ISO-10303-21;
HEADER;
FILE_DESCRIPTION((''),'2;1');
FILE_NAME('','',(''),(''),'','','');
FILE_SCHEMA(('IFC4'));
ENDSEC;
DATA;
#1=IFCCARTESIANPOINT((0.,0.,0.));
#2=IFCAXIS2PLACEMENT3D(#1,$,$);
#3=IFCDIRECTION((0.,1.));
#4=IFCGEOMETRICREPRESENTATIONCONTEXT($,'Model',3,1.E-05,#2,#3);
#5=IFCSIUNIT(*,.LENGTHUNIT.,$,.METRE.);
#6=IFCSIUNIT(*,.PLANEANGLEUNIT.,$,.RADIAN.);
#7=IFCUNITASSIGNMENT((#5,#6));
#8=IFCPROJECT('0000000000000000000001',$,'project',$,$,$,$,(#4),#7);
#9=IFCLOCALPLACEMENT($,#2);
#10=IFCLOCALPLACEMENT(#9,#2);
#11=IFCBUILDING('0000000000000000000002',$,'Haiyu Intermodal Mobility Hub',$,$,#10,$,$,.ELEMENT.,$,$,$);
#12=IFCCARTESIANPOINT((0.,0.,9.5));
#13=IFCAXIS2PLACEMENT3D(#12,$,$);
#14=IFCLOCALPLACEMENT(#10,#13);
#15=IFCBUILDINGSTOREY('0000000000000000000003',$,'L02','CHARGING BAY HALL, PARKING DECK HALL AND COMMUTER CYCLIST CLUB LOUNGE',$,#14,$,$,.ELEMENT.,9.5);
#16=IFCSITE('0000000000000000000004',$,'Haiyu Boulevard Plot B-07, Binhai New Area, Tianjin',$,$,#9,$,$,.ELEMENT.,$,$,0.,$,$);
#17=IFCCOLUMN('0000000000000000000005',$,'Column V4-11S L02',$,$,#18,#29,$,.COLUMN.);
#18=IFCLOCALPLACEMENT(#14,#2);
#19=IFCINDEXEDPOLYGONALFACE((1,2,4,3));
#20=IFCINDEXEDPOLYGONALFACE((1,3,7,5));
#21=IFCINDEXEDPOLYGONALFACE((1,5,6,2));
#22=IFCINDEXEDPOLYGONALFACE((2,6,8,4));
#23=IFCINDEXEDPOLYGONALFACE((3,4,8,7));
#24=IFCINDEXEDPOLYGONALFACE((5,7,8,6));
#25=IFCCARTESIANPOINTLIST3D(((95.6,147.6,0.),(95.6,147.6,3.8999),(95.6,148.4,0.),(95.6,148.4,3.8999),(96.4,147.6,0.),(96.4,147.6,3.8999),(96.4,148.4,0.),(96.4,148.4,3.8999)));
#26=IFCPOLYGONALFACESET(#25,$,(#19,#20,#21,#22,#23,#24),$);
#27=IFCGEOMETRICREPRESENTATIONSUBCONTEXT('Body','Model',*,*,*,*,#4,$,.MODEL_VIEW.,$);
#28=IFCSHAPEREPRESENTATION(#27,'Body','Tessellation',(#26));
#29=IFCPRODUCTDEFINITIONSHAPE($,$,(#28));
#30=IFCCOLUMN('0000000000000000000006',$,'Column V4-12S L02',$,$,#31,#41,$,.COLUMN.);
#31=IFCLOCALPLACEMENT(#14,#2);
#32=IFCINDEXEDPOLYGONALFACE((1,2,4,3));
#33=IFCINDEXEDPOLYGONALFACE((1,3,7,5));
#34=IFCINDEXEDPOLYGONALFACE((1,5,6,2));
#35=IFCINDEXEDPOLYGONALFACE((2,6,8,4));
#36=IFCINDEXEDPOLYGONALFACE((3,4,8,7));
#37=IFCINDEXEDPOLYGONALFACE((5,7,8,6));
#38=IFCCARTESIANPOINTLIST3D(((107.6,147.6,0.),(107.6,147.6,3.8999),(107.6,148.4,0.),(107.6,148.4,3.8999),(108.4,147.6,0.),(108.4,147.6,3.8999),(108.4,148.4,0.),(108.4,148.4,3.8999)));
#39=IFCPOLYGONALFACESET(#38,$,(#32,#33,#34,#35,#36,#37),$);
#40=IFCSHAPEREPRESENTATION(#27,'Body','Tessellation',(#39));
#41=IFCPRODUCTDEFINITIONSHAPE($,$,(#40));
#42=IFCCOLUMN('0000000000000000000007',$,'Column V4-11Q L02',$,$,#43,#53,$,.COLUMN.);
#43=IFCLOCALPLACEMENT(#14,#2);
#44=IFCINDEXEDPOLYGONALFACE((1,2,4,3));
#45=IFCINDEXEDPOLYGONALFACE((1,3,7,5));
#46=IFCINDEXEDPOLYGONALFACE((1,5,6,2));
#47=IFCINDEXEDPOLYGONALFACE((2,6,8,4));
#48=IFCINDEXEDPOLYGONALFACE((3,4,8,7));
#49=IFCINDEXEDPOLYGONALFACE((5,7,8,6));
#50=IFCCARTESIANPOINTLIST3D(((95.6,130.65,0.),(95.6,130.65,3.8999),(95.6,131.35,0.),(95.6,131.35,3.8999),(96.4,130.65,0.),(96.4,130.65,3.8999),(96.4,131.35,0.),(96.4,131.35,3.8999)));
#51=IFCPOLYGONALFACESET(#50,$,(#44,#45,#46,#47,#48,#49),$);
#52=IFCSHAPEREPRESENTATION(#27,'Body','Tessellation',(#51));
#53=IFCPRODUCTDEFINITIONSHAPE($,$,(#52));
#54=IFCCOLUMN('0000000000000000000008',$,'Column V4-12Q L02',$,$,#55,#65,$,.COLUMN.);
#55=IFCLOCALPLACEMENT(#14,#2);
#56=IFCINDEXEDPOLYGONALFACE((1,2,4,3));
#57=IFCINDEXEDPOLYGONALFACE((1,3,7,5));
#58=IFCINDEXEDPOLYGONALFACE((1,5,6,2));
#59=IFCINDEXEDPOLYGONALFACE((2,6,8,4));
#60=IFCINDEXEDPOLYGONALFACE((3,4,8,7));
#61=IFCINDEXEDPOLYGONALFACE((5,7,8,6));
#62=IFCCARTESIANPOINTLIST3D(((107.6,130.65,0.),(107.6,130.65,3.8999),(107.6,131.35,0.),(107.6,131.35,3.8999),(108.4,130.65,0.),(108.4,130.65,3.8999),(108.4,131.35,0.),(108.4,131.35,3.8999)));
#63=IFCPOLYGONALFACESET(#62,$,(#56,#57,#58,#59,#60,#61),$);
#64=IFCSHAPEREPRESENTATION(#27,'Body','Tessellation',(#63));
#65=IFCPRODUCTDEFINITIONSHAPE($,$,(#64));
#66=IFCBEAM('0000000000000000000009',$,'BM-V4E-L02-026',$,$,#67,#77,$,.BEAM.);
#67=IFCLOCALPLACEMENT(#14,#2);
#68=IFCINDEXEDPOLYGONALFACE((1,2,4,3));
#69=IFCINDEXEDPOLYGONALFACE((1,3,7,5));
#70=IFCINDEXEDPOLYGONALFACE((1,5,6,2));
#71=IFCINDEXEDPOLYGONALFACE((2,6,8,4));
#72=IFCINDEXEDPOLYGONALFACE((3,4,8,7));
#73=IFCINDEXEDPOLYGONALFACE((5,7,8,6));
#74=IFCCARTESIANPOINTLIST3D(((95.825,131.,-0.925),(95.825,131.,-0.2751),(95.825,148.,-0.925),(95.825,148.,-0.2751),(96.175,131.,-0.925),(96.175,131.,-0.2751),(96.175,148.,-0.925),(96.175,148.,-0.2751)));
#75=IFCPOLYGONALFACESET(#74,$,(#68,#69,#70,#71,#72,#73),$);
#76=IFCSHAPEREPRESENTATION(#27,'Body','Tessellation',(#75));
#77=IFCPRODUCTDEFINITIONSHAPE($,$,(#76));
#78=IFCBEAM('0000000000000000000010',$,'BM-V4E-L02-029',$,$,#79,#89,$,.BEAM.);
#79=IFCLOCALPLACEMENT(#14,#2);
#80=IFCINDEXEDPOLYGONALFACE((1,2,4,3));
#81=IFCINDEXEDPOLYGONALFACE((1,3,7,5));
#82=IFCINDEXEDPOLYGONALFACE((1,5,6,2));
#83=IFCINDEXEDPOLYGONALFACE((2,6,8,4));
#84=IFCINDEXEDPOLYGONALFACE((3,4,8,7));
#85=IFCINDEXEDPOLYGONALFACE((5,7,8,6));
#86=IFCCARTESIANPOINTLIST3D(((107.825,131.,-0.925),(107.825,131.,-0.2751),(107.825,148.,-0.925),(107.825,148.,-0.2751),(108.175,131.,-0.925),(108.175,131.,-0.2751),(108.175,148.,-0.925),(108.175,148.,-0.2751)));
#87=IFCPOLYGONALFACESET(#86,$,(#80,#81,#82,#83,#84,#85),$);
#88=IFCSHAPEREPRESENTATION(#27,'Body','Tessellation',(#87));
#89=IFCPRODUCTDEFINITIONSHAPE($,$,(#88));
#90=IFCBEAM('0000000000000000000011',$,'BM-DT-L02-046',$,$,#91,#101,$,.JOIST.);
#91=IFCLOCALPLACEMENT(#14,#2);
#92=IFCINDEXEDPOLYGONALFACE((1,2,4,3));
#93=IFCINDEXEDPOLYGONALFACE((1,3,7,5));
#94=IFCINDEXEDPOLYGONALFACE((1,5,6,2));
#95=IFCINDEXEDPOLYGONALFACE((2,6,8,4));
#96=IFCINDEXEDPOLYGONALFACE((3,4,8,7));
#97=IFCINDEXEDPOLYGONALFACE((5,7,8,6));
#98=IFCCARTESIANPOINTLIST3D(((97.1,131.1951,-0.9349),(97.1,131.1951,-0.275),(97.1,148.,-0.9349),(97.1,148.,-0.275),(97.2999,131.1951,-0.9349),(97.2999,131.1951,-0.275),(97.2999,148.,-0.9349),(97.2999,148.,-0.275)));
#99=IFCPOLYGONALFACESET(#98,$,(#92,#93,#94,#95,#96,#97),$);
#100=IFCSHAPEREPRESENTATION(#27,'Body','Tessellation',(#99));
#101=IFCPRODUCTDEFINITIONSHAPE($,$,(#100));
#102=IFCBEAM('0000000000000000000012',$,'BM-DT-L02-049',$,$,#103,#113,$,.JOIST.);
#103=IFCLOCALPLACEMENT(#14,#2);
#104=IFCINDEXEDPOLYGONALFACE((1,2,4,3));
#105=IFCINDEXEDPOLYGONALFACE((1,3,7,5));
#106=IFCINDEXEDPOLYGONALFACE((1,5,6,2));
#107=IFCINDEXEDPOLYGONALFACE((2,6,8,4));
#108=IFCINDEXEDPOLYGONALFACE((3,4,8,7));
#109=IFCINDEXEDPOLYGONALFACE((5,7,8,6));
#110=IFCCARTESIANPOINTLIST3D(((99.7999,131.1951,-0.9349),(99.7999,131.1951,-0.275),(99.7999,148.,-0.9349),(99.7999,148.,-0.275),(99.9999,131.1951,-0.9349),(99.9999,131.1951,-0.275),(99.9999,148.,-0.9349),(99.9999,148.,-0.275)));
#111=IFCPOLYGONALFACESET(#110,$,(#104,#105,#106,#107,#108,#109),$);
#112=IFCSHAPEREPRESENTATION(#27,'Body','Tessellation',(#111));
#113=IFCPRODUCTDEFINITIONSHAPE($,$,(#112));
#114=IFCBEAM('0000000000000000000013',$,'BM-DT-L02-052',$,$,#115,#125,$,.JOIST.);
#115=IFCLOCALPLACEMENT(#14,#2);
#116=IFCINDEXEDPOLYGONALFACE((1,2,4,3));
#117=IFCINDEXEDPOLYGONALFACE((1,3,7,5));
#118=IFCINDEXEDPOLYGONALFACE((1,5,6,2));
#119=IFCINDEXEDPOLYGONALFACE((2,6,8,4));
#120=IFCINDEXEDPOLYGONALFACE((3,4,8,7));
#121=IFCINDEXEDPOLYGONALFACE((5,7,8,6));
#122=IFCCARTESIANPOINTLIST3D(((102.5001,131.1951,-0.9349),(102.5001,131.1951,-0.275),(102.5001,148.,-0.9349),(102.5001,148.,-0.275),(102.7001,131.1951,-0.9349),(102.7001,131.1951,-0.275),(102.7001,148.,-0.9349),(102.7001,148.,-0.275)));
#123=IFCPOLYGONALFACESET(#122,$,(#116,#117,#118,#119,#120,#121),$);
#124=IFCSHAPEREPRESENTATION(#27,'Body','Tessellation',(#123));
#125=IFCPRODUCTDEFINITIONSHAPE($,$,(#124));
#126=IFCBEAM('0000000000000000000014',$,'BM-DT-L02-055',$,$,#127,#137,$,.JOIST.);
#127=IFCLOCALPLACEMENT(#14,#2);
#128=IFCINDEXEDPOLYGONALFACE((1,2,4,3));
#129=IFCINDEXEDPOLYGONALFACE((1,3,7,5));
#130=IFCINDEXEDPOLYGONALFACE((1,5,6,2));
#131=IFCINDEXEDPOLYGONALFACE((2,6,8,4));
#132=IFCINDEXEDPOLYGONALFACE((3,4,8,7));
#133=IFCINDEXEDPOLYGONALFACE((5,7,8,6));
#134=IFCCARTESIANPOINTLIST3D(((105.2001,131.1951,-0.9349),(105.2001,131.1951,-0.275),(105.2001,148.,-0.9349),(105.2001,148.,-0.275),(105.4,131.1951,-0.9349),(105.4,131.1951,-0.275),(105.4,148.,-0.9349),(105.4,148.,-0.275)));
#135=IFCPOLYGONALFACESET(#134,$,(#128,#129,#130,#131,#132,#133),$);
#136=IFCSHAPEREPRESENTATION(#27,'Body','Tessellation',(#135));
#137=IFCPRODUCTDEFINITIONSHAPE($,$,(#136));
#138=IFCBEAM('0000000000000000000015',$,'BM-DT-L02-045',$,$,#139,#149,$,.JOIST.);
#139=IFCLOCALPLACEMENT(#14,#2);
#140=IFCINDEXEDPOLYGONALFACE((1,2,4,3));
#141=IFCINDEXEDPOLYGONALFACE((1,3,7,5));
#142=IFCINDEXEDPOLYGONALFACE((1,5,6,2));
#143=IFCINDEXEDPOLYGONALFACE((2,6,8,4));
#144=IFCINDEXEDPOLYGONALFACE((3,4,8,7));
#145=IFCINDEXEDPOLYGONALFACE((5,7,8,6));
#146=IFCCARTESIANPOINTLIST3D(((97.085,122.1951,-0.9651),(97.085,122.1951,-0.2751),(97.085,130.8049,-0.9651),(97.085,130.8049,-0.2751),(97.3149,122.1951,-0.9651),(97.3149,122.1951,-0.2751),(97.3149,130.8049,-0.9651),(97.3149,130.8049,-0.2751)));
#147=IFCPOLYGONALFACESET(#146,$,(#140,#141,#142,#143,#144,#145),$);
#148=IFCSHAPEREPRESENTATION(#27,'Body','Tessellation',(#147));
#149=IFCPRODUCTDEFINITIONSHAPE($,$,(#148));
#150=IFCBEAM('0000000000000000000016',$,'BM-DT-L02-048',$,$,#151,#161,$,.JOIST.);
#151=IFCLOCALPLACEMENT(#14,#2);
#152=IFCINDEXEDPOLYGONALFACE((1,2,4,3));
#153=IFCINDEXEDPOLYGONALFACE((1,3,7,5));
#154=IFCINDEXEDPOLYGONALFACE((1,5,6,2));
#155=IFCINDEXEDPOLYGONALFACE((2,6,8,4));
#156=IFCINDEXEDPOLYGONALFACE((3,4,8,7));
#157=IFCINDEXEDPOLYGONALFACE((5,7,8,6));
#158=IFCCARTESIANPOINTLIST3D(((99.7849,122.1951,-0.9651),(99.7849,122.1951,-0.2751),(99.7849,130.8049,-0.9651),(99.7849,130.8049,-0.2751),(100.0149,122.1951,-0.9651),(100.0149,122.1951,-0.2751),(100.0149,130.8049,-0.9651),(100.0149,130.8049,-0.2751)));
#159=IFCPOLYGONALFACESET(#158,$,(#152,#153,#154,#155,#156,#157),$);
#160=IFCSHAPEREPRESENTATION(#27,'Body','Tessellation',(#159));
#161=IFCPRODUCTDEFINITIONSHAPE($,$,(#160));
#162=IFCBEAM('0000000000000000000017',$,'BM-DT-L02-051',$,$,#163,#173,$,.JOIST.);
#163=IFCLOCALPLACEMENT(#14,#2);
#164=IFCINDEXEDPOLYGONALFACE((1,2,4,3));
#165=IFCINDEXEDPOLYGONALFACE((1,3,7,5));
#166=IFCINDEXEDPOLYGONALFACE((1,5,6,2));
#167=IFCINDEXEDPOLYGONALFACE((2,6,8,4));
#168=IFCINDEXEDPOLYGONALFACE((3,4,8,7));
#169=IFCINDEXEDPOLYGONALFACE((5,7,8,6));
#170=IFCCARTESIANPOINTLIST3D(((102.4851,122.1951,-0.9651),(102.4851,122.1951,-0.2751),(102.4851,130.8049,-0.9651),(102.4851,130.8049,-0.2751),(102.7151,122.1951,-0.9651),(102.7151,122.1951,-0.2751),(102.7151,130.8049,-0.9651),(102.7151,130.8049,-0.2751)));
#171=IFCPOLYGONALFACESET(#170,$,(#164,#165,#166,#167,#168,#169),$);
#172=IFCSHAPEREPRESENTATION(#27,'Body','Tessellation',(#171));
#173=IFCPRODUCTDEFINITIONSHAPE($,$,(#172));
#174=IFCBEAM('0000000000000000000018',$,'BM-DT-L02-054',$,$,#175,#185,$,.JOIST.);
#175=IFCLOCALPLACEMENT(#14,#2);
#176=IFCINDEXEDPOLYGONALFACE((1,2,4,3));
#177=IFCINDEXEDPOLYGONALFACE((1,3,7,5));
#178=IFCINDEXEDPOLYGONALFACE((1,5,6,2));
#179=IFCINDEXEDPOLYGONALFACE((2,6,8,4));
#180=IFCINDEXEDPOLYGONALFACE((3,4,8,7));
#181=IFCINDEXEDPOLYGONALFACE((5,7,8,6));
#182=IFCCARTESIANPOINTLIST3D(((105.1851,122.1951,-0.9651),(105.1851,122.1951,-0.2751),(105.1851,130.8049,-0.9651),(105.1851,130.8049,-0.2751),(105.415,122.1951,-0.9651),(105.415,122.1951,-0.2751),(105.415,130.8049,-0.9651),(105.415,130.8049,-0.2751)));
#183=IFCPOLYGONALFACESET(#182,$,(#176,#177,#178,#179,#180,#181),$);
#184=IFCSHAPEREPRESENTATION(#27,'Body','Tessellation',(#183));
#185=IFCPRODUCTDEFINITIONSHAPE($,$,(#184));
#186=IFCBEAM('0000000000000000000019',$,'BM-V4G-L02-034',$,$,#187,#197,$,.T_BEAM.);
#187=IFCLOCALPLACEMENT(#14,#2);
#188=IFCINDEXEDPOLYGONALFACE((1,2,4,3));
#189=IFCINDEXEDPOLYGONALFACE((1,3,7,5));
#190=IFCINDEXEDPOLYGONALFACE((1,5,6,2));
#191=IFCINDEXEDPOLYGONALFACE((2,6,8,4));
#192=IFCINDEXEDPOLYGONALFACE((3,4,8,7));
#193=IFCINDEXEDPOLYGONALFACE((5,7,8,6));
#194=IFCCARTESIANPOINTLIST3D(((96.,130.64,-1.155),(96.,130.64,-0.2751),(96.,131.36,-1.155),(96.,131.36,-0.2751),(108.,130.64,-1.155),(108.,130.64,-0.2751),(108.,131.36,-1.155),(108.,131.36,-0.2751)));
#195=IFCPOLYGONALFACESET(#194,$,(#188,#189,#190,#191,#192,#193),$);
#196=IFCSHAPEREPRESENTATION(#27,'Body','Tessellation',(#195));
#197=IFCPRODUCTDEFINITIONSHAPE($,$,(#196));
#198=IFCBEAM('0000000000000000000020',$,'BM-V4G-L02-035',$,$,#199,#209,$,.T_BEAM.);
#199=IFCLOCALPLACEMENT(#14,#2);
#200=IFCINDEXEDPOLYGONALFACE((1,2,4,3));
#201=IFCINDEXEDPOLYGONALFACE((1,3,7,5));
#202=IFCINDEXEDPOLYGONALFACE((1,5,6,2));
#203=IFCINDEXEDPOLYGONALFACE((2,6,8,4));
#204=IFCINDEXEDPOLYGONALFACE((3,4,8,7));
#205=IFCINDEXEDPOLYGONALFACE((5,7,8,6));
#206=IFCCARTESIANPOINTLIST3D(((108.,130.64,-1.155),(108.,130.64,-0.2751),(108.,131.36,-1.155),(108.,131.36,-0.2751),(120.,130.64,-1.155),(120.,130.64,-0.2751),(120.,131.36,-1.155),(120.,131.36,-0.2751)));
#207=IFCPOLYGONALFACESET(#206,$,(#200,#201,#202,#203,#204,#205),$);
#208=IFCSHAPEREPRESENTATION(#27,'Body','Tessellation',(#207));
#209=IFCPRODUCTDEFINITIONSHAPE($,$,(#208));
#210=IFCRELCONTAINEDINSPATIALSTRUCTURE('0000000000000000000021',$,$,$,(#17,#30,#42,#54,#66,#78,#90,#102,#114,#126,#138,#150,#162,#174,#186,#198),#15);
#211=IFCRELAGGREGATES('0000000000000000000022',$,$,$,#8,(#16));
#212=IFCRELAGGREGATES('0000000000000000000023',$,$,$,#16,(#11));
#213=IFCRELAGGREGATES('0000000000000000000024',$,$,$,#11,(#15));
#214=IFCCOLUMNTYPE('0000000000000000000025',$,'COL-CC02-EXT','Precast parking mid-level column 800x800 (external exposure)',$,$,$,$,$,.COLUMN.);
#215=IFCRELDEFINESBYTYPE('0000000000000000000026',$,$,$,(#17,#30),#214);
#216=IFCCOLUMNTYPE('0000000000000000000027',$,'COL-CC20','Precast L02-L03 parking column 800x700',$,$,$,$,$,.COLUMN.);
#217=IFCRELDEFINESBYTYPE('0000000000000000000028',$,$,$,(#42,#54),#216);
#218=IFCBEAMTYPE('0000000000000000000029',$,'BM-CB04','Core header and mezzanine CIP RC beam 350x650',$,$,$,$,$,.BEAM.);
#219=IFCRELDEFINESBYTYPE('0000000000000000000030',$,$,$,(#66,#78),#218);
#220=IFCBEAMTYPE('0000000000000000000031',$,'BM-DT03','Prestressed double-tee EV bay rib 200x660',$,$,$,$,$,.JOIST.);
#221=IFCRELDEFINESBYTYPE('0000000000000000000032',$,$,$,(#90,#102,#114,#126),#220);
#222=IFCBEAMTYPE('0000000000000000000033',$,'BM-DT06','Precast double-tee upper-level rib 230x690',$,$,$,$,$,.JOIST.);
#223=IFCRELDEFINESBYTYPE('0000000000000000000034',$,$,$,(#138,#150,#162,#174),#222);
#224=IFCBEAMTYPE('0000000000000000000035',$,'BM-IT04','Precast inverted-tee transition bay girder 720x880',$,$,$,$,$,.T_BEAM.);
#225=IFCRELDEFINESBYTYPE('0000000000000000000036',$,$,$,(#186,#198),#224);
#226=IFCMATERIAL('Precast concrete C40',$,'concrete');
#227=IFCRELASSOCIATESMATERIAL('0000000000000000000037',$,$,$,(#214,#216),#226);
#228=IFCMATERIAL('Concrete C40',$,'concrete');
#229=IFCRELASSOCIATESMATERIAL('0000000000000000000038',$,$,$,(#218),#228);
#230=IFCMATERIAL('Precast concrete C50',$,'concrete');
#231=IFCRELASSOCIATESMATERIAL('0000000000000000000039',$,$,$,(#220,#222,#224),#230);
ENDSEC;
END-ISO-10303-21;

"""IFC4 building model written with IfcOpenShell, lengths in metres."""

from ifc_helpers import new_model, si_unit, direction, frame, origin, origin_2d, place, context, subcontext, project, spatial, rectangle, extrude, material, material_profile, profile_set, type_object, element, save


model = new_model("IFC4")

# Units and contexts
model_context = context("Model", 3, precision=1e-05, world=origin(), true_north=direction((0.0, 1.0)))
body_context = subcontext(model_context, "Body", "Model", "MODEL_VIEW")
ifc_project = project(units=[si_unit("LENGTHUNIT", "METRE"), si_unit("PLANEANGLEUNIT", "RADIAN")], contexts=[model_context])

# Site, building, storey
site_placement = place(None, origin())
site = spatial("IfcSite", under=ifc_project, at=site_placement, Name="Haiyu Boulevard Plot B-07, Binhai New Area, Tianjin", CompositionType="ELEMENT", RefElevation=0.0)
building_placement = place(site_placement, origin())
building = spatial("IfcBuilding", under=site, at=building_placement, Name="Haiyu Intermodal Mobility Hub", CompositionType="ELEMENT")
storey_placement = place(building_placement, frame((0.0, 0.0, 9.5)))
storey = spatial("IfcBuildingStorey", under=building, at=storey_placement, Name="L02", Description="CHARGING BAY HALL, PARKING DECK HALL AND COMMUTER CYCLIST CLUB LOUNGE", CompositionType="ELEMENT", Elevation=9.5)

# Columns
ifc_material_1 = material(Name="Precast concrete C40", Category="concrete")
ifc_material_profile_1 = material_profile(ifc_material_1, rectangle(XDim=0.8, YDim=0.8, at=origin_2d()), Name="RC800x800")
ifc_profile_set_1 = profile_set([ifc_material_profile_1], Name="Precast concrete C40")
column_type_1 = type_object("IfcColumnType", Name="COL-CC02-EXT", Description="Precast parking mid-level column 800x800 (external exposure)", PredefinedType="COLUMN", material=ifc_profile_set_1)
for number, where, z_axis, x_axis, name in (
    (1, (96.0, 148.0, 0.0), (0.0, 0.0, 1.0), (1.0, 0.0, 0.0), "Column V4-11S L02"),
    (2, (108.0, 148.0, 0.0), (0.0, 0.0, 1.0), (1.0, 0.0, 0.0), "Column V4-12S L02"),
):
    element("IfcColumn", number, at=place(storey_placement, frame(where, z_axis=z_axis, x_axis=x_axis)), inside=storey, type_object=column_type_1, Name=name, PredefinedType="COLUMN", context=body_context, shape_type="SweptSolid", body=[
        extrude(rectangle(XDim=0.8, YDim=0.8, at=origin_2d()), origin(), (0.0, 0.0, 1.0), 3.8999),
    ])
ifc_material_profile_2 = material_profile(ifc_material_1, rectangle(XDim=0.8, YDim=0.7, at=origin_2d()), Name="C800x700")
ifc_profile_set_2 = profile_set([ifc_material_profile_2], Name="Precast concrete C40")
column_type_2 = type_object("IfcColumnType", Name="COL-CC20", Description="Precast L02-L03 parking column 800x700", PredefinedType="COLUMN", material=ifc_profile_set_2)
for number, where, z_axis, x_axis, name in (
    (3, (96.0, 131.0, 0.0), (0.0, 0.0, 1.0), (1.0, 0.0, 0.0), "Column V4-11Q L02"),
    (4, (108.0, 131.0, 0.0), (0.0, 0.0, 1.0), (1.0, 0.0, 0.0), "Column V4-12Q L02"),
):
    element("IfcColumn", number, at=place(storey_placement, frame(where, z_axis=z_axis, x_axis=x_axis)), inside=storey, type_object=column_type_2, Name=name, PredefinedType="COLUMN", context=body_context, shape_type="SweptSolid", body=[
        extrude(rectangle(XDim=0.8, YDim=0.7, at=origin_2d()), origin(), (0.0, 0.0, 1.0), 3.8999),
    ])

# Beams
ifc_material_2 = material(Name="Concrete C40", Category="concrete")
ifc_material_profile_3 = material_profile(ifc_material_2, rectangle(XDim=0.3501, YDim=0.6499, at=origin_2d()), Name="RCB350x650")
ifc_profile_set_3 = profile_set([ifc_material_profile_3], Name="Concrete C40")
beam_type_1 = type_object("IfcBeamType", Name="BM-CB04", Description="Core header and mezzanine CIP RC beam 350x650", PredefinedType="BEAM", material=ifc_profile_set_3)
for number, where, z_axis, x_axis, name in (
    (5, (96.0, 131.0, -0.6001), (0.0, 1.0, 0.0), (-1.0, 0.0, 0.0), "BM-V4E-L02-026"),
    (6, (108.0, 131.0, -0.6001), (0.0, 1.0, 0.0), (-1.0, 0.0, 0.0), "BM-V4E-L02-029"),
):
    element("IfcBeam", number, at=place(storey_placement, frame(where, z_axis=z_axis, x_axis=x_axis)), inside=storey, type_object=beam_type_1, Name=name, PredefinedType="BEAM", context=body_context, shape_type="SweptSolid", body=[
        extrude(rectangle(XDim=0.3501, YDim=0.6499, at=origin_2d()), origin(), (0.0, 0.0, 1.0), 17.0),
    ])
ifc_material_3 = material(Name="Precast concrete C50", Category="concrete")
ifc_material_profile_4 = material_profile(ifc_material_3, rectangle(XDim=0.2, YDim=0.6599, at=origin_2d()), Name="PC200x660")
ifc_profile_set_4 = profile_set([ifc_material_profile_4], Name="Precast concrete C50")
beam_type_2 = type_object("IfcBeamType", Name="BM-DT03", Description="Prestressed double-tee EV bay rib 200x660", PredefinedType="JOIST", material=ifc_profile_set_4)
for number, where, z_axis, x_axis, name in (
    (7, (97.2, 131.1951, -0.605), (0.0, 1.0, 0.0), (-1.0, 0.0, 0.0), "BM-DT-L02-046"),
    (8, (99.8999, 131.1951, -0.605), (0.0, 1.0, 0.0), (-1.0, 0.0, 0.0), "BM-DT-L02-049"),
    (9, (102.6001, 131.1951, -0.605), (0.0, 1.0, 0.0), (-1.0, 0.0, 0.0), "BM-DT-L02-052"),
    (10, (105.3, 131.1951, -0.605), (0.0, 1.0, 0.0), (-1.0, 0.0, 0.0), "BM-DT-L02-055"),
):
    element("IfcBeam", number, at=place(storey_placement, frame(where, z_axis=z_axis, x_axis=x_axis)), inside=storey, type_object=beam_type_2, Name=name, PredefinedType="JOIST", context=body_context, shape_type="SweptSolid", body=[
        extrude(rectangle(XDim=0.2, YDim=0.6599, at=origin_2d()), origin(), (0.0, 0.0, 1.0), 16.8049),
    ])
ifc_material_profile_5 = material_profile(ifc_material_3, rectangle(XDim=0.23, YDim=0.6899, at=origin_2d()), Name="B230x690")
ifc_profile_set_5 = profile_set([ifc_material_profile_5], Name="Precast concrete C50")
beam_type_3 = type_object("IfcBeamType", Name="BM-DT06", Description="Precast double-tee upper-level rib 230x690", PredefinedType="JOIST", material=ifc_profile_set_5)
for number, where, z_axis, x_axis, name in (
    (11, (97.2, 122.1951, -0.6201), (0.0, 1.0, 0.0), (-1.0, 0.0, 0.0), "BM-DT-L02-045"),
    (12, (99.8999, 122.1951, -0.6201), (0.0, 1.0, 0.0), (-1.0, 0.0, 0.0), "BM-DT-L02-048"),
    (13, (102.6001, 122.1951, -0.6201), (0.0, 1.0, 0.0), (-1.0, 0.0, 0.0), "BM-DT-L02-051"),
    (14, (105.3, 122.1951, -0.6201), (0.0, 1.0, 0.0), (-1.0, 0.0, 0.0), "BM-DT-L02-054"),
):
    element("IfcBeam", number, at=place(storey_placement, frame(where, z_axis=z_axis, x_axis=x_axis)), inside=storey, type_object=beam_type_3, Name=name, PredefinedType="JOIST", context=body_context, shape_type="SweptSolid", body=[
        extrude(rectangle(XDim=0.23, YDim=0.6899, at=origin_2d()), origin(), (0.0, 0.0, 1.0), 8.6099),
    ])
ifc_material_profile_6 = material_profile(ifc_material_3, rectangle(XDim=0.72, YDim=0.8799, at=origin_2d()), Name="B720x880")
ifc_profile_set_6 = profile_set([ifc_material_profile_6], Name="Precast concrete C50")
beam_type_4 = type_object("IfcBeamType", Name="BM-IT04", Description="Precast inverted-tee transition bay girder 720x880", PredefinedType="T_BEAM", material=ifc_profile_set_6)
for number, where, z_axis, x_axis, name in (
    (15, (96.0, 131.0, -0.7151), (1.0, 0.0, 0.0), (0.0, 1.0, 0.0), "BM-V4G-L02-034"),
    (16, (108.0, 131.0, -0.7151), (1.0, 0.0, 0.0), (0.0, 1.0, 0.0), "BM-V4G-L02-035"),
):
    element("IfcBeam", number, at=place(storey_placement, frame(where, z_axis=z_axis, x_axis=x_axis)), inside=storey, type_object=beam_type_4, Name=name, PredefinedType="T_BEAM", context=body_context, shape_type="SweptSolid", body=[
        extrude(rectangle(XDim=0.72, YDim=0.8799, at=origin_2d()), origin(), (0.0, 0.0, 1.0), 12.0),
    ])

save(model, "model.ifc")
